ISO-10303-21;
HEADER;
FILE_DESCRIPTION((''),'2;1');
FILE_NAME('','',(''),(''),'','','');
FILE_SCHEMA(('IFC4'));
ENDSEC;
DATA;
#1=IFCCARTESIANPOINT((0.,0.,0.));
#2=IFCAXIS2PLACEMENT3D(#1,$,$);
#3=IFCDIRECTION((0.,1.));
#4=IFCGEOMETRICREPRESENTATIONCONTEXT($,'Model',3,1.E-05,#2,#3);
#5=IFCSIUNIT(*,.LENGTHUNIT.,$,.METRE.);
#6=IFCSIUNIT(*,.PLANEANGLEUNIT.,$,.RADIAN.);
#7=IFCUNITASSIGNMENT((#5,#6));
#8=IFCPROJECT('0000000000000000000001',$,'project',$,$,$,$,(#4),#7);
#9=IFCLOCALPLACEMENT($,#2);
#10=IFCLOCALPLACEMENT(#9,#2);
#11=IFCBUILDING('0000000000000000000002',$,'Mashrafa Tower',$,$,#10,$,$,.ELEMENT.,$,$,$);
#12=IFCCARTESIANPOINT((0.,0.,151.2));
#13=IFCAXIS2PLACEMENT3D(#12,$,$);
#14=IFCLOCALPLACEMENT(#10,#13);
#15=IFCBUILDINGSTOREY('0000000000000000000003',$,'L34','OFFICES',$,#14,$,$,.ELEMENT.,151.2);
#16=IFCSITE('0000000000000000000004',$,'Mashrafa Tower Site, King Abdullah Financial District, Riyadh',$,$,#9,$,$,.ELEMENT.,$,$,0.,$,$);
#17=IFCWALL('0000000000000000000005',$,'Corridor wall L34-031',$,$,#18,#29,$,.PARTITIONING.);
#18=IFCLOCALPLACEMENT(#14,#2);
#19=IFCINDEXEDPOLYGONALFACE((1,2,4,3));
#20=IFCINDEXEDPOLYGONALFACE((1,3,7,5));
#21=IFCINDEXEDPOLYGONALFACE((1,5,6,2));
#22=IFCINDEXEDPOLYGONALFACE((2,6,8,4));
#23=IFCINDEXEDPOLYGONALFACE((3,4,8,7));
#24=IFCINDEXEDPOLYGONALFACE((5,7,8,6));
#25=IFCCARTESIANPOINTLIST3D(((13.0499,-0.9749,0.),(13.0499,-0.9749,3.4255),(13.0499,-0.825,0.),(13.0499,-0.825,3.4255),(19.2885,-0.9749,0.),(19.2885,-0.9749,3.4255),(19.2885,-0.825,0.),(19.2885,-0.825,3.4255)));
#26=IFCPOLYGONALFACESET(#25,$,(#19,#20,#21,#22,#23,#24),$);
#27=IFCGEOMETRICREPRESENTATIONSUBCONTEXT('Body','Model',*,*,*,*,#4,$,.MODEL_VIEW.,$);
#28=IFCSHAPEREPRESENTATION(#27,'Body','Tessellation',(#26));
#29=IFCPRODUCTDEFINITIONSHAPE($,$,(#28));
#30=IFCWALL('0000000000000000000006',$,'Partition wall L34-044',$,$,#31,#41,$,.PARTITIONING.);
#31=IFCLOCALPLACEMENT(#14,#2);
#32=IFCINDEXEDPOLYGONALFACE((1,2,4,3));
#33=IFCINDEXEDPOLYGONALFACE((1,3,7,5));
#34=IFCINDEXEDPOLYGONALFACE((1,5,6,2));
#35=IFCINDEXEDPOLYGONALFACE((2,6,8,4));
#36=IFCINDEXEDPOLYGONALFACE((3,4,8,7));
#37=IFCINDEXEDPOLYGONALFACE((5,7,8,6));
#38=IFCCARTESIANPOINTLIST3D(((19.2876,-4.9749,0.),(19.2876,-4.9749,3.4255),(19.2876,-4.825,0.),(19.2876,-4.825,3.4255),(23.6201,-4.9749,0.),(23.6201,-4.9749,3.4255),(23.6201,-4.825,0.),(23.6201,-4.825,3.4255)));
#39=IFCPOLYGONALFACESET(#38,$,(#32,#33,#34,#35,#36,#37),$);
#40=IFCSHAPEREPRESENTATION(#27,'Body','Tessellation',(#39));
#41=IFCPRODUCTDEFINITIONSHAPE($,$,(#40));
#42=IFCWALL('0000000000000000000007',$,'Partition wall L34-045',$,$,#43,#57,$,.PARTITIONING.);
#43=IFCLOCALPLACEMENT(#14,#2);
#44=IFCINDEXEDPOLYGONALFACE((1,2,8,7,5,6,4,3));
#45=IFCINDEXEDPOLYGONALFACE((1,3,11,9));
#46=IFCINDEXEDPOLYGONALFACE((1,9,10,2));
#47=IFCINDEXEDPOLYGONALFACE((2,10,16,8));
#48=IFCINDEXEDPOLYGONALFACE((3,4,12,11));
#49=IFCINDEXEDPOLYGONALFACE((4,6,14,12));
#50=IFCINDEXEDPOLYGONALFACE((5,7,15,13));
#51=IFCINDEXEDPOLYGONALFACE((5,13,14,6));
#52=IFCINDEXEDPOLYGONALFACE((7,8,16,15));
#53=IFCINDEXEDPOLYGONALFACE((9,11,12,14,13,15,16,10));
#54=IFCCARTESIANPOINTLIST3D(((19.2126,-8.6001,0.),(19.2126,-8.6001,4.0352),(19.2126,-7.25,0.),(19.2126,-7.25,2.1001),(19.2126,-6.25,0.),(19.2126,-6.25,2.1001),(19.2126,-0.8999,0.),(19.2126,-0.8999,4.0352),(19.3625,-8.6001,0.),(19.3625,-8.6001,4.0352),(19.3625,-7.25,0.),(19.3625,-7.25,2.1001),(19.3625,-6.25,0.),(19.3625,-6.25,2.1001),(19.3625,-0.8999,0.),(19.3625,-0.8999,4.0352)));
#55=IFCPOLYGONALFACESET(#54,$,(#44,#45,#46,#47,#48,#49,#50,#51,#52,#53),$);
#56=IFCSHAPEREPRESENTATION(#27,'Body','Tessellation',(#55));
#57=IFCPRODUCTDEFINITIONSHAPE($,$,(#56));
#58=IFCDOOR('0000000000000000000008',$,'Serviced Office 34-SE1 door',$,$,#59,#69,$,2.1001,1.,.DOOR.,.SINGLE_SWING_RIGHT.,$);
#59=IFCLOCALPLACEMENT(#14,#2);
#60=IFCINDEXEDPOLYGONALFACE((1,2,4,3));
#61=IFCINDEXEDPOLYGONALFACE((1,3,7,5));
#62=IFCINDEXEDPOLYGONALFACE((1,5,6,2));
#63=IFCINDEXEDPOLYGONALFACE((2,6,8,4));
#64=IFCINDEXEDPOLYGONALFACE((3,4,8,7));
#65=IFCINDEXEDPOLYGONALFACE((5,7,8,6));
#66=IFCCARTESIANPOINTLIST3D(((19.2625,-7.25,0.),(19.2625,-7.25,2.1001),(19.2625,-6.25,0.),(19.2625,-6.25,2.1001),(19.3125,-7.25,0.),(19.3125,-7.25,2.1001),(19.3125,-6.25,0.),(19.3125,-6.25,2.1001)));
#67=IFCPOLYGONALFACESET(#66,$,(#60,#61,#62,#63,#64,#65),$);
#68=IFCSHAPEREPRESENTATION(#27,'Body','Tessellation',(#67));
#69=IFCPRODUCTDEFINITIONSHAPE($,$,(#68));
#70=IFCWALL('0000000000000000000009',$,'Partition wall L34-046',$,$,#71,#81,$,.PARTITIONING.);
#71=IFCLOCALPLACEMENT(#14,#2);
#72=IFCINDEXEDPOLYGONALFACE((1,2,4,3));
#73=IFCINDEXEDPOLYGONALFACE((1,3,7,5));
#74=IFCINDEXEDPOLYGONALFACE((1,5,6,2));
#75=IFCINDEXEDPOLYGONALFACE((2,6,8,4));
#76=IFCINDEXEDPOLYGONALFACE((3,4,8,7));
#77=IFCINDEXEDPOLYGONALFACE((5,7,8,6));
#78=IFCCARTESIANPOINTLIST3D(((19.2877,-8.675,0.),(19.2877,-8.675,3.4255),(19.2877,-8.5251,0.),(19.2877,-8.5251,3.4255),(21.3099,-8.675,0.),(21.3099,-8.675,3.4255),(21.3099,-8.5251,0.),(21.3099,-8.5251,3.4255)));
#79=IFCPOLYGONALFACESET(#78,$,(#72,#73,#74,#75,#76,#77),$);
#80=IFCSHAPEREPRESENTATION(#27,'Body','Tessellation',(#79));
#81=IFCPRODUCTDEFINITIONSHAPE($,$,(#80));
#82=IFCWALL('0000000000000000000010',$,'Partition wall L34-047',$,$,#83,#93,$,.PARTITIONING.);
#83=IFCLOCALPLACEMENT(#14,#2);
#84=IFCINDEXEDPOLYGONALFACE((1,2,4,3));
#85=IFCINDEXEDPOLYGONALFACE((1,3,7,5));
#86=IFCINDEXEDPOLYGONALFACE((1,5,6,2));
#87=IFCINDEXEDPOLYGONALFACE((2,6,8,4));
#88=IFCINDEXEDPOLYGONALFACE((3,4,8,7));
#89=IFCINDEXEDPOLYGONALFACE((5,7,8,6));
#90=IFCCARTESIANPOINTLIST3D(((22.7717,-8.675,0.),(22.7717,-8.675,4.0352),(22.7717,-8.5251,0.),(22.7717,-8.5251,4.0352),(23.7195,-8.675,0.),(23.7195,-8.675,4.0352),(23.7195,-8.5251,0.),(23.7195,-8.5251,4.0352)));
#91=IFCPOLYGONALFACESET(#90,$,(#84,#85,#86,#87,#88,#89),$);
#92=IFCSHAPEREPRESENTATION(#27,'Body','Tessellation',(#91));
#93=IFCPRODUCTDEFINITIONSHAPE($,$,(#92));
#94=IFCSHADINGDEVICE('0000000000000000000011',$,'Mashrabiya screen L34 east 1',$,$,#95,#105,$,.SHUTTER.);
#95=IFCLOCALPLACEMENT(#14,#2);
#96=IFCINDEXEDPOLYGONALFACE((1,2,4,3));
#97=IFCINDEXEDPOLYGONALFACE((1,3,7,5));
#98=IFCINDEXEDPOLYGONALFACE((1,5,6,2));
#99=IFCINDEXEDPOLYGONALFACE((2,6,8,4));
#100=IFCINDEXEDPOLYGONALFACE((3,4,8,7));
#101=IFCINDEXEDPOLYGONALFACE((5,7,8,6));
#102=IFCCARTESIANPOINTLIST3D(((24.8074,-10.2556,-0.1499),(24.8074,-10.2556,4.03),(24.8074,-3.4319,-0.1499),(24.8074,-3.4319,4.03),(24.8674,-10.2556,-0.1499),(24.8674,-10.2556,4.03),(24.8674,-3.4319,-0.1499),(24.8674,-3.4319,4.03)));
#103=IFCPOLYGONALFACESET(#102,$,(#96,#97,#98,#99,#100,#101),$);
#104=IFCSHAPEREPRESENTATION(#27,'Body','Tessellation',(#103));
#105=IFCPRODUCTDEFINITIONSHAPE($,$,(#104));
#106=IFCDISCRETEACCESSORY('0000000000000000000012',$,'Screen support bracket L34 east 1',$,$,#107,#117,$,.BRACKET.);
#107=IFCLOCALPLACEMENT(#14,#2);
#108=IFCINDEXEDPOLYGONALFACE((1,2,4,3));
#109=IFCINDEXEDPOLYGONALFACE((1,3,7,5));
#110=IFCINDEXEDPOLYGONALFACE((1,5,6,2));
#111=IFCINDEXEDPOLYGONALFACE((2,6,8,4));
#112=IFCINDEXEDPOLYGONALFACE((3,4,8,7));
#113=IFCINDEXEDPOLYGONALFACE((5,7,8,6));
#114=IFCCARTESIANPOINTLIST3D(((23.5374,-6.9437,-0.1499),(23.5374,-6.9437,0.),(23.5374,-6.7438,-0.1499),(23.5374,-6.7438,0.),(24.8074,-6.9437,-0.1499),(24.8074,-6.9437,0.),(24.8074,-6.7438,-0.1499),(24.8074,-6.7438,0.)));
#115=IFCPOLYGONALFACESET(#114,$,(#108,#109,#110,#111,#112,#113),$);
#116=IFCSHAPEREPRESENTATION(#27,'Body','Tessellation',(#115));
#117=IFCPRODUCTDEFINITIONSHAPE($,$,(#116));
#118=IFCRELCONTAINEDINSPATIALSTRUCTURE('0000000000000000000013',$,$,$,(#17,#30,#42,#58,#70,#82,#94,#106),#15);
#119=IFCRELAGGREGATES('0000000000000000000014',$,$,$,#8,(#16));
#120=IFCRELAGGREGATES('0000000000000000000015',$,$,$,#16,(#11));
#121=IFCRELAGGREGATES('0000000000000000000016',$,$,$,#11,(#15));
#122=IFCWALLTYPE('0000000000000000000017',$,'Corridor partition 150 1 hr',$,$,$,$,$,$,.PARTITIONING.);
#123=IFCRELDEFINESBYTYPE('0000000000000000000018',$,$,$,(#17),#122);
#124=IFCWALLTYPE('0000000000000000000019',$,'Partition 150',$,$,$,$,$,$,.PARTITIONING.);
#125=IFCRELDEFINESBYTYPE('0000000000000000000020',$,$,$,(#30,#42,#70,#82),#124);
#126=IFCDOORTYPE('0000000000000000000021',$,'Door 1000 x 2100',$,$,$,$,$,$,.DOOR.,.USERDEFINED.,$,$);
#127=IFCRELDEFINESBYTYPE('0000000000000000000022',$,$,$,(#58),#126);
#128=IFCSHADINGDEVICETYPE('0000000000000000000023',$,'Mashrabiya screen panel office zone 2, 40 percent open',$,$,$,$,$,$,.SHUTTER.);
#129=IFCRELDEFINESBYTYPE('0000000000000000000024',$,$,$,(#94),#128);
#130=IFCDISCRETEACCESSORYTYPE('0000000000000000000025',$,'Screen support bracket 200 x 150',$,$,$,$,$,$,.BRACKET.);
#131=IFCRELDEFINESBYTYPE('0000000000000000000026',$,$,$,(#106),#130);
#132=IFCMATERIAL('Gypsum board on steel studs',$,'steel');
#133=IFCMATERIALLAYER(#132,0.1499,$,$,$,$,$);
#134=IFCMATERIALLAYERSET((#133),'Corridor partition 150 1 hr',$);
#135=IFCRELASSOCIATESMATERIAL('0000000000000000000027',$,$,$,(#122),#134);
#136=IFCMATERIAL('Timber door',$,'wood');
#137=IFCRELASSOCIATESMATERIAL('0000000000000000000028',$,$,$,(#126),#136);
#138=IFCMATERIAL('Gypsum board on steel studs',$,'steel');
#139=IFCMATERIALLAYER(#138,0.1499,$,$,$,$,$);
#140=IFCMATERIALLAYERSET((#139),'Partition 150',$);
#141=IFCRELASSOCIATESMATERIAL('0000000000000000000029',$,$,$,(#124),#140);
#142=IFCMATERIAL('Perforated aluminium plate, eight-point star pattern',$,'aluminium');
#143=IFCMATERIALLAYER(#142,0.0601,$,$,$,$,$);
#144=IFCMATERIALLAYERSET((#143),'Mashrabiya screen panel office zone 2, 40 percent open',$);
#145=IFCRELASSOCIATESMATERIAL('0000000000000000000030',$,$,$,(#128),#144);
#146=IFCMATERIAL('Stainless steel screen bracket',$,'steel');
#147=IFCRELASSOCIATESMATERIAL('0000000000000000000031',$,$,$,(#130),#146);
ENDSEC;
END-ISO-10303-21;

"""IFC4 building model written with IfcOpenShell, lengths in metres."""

from ifc_helpers import new_model, si_unit, direction, frame, frame_2d, origin, origin_2d, place, context, subcontext, project, spatial, rectangle, extrude, source, transform, mapped, material, layer, layer_set, type_object, type_shapes, element, fill, save


model = new_model("IFC4")

# Units and contexts
model_context = context("Model", 3, precision=1e-05, world=origin(), true_north=direction((0.0, 1.0)))
body_context = subcontext(model_context, "Body", "Model", "MODEL_VIEW")
ifc_project = project(units=[si_unit("LENGTHUNIT", "METRE"), si_unit("PLANEANGLEUNIT", "RADIAN")], contexts=[model_context])

# Site, building, storey
site_placement = place(None, origin())
site = spatial("IfcSite", under=ifc_project, at=site_placement, Name="Mashrafa Tower Site, King Abdullah Financial District, Riyadh", CompositionType="ELEMENT", RefElevation=0.0)
building_placement = place(site_placement, origin())
building = spatial("IfcBuilding", under=site, at=building_placement, Name="Mashrafa Tower", CompositionType="ELEMENT")
storey_placement = place(building_placement, frame((0.0, 0.0, 151.2)))
storey = spatial("IfcBuildingStorey", under=building, at=storey_placement, Name="L34", Description="OFFICES", CompositionType="ELEMENT", Elevation=151.2)

# Shared definitions
ifc_material_1 = material(Name="Gypsum board on steel studs", Category="steel")
ifc_layer_1 = layer(ifc_material_1, 0.1499)
ifc_layer_set_1 = layer_set([ifc_layer_1], Name="Corridor partition 150 1 hr")
wall_type_1 = type_object("IfcWallType", Name="Corridor partition 150 1 hr", PredefinedType="PARTITIONING", material=ifc_layer_set_1)
ifc_material_2 = material(Name="Timber door", Category="wood")
door_type_1 = type_object("IfcDoorType", Name="Door 1000 x 2100", OperationType="USERDEFINED", PredefinedType="DOOR", material=ifc_material_2)

# Walls
wall_1_placement = place(storey_placement, frame((13.05, -0.8999, 0.0), z_axis=(0.0, 0.0, 1.0), x_axis=(1.0, 0.0, 0.0)))
element("IfcWall", 1, at=wall_1_placement, inside=storey, type_object=wall_type_1, Name="Corridor wall L34-031", PredefinedType="PARTITIONING", context=body_context, shape_type="SweptSolid", body=[
    extrude(rectangle(XDim=6.2385, YDim=0.1499, at=frame_2d((3.1191, 0.0))), origin(), (0.0, 0.0, 1.0), 3.4255),
])
ifc_material_3 = material(Name="Gypsum board on steel studs", Category="steel")
ifc_layer_2 = layer(ifc_material_3, 0.1499)
ifc_layer_set_2 = layer_set([ifc_layer_2], Name="Partition 150")
wall_type_2 = type_object("IfcWallType", Name="Partition 150", PredefinedType="PARTITIONING", material=ifc_layer_set_2)
wall_2_placement = place(storey_placement, frame((23.6201, -4.8999, 0.0), z_axis=(0.0, 0.0, 1.0), x_axis=(-1.0, 0.0, 0.0)))
element("IfcWall", 2, at=wall_2_placement, inside=storey, type_object=wall_type_2, Name="Partition wall L34-044", PredefinedType="PARTITIONING", context=body_context, shape_type="SweptSolid", body=[
    extrude(rectangle(XDim=4.3325, YDim=0.1499, at=frame_2d((2.1663, 0.0))), origin(), (0.0, 0.0, 1.0), 3.4255),
])

# Wall, opening, door
wall_3_placement = place(storey_placement, frame((19.2876, -8.6001, 0.0), z_axis=(0.0, 0.0, 1.0), x_axis=(0.0, 1.0, 0.0)))
wall_3 = element("IfcWall", 3, at=wall_3_placement, inside=storey, type_object=wall_type_2, Name="Partition wall L34-045", PredefinedType="PARTITIONING", context=body_context, shape_type="SweptSolid", body=[
    extrude(rectangle(XDim=7.7002, YDim=0.1499, at=frame_2d((3.8501, 0.0))), origin(), (0.0, 0.0, 1.0), 4.0352),
])
opening_1_placement = place(wall_3_placement, frame((1.3501, 0.0, 0.0)))
opening_1 = element("IfcOpeningElement", 4, at=opening_1_placement, cuts=wall_3, PredefinedType="OPENING", context=body_context, shape_type="SweptSolid", body=[
    extrude(rectangle(XDim=1.0, YDim=2.1001, at=frame_2d((0.5, 1.05))), frame((0.0, 0.085, 0.0), z_axis=(0.0, -1.0, 0.0), x_axis=(1.0, 0.0, 0.0)), (0.0, 0.0, 1.0), 0.1699),
])
door_1_placement = place(opening_1_placement, frame((1.0, 0.0, 0.0), z_axis=(0.0, 0.0, 1.0), x_axis=(-1.0, 0.0, 0.0)))
door_1 = element("IfcDoor", 5, at=door_1_placement, inside=storey, type_object=door_type_1, Name="Serviced Office 34-SE1 door", OperationType="SINGLE_SWING_RIGHT", OverallHeight=2.1001, OverallWidth=1.0, PredefinedType="DOOR", context=body_context, shape_type="SweptSolid", body=[
    extrude(rectangle(XDim=1.0, YDim=2.1001, at=frame_2d((0.5, 1.05))), frame((0.0, 0.0249, 0.0), z_axis=(0.0, -1.0, 0.0), x_axis=(1.0, 0.0, 0.0)), (0.0, 0.0, 1.0), 0.05),
])
fill(opening_1, door_1)

# Walls
wall_4_placement = place(storey_placement, frame((19.2876, -8.6001, 0.0), z_axis=(0.0, 0.0, 1.0), x_axis=(1.0, 0.0, 0.0)))
element("IfcWall", 6, at=wall_4_placement, inside=storey, type_object=wall_type_2, Name="Partition wall L34-046", PredefinedType="PARTITIONING", context=body_context, shape_type="SweptSolid", body=[
    extrude(rectangle(XDim=2.0222, YDim=0.1499, at=frame_2d((1.0112, 0.0))), origin(), (0.0, 0.0, 1.0), 3.4255),
])
wall_5_placement = place(storey_placement, frame((22.7717, -8.6001, 0.0), z_axis=(0.0, 0.0, 1.0), x_axis=(1.0, 0.0, 0.0)))
element("IfcWall", 7, at=wall_5_placement, inside=storey, type_object=wall_type_2, Name="Partition wall L34-047", PredefinedType="PARTITIONING", context=body_context, shape_type="SweptSolid", body=[
    extrude(rectangle(XDim=0.9478, YDim=0.1499, at=frame_2d((0.4739, 0.0))), origin(), (0.0, 0.0, 1.0), 4.0352),
])

# Shading device
ifc_material_4 = material(Name="Perforated aluminium plate, eight-point star pattern", Category="aluminium")
ifc_layer_3 = layer(ifc_material_4, 0.0601)
ifc_layer_set_3 = layer_set([ifc_layer_3], Name="Mashrabiya screen panel office zone 2, 40 percent open")
shading_device_type = type_object("IfcShadingDeviceType", Name="Mashrabiya screen panel office zone 2, 40 percent open", PredefinedType="SHUTTER", material=ifc_layer_set_3)
shared_shape_1 = source(origin(), body_context, "Body", "SweptSolid", [
    extrude(rectangle(XDim=6.8237, YDim=0.0601, at=origin_2d()), origin(), (0.0, 0.0, 1.0), 4.1799),
])
type_shapes(shading_device_type, [shared_shape_1])
shading_device_placement = place(storey_placement, frame((24.8374, -6.8438, -0.1499), z_axis=(0.0, 0.0, 1.0), x_axis=(0.0, 1.0, 0.0)))
element("IfcShadingDevice", 8, at=shading_device_placement, inside=storey, type_object=shading_device_type, Name="Mashrabiya screen L34 east 1", PredefinedType="SHUTTER", context=body_context, shape_type="MappedRepresentation", body=[
    mapped(shared_shape_1, transform((0.0, 0.0, 0.0))),
])

# Discrete accessory
ifc_material_5 = material(Name="Stainless steel screen bracket", Category="steel")
discrete_accessory_type = type_object("IfcDiscreteAccessoryType", Name="Screen support bracket 200 x 150", PredefinedType="BRACKET", material=ifc_material_5)
shared_shape_2 = source(origin(), body_context, "Body", "SweptSolid", [
    extrude(rectangle(XDim=0.2, YDim=1.27, at=origin_2d()), origin(), (0.0, 0.0, 1.0), 0.1499),
])
type_shapes(discrete_accessory_type, [shared_shape_2])
discrete_accessory_placement = place(storey_placement, frame((24.1724, -6.8438, -0.1499), z_axis=(0.0, 0.0, 1.0), x_axis=(0.0, 1.0, 0.0)))
element("IfcDiscreteAccessory", 9, at=discrete_accessory_placement, inside=storey, type_object=discrete_accessory_type, Name="Screen support bracket L34 east 1", PredefinedType="BRACKET", context=body_context, shape_type="MappedRepresentation", body=[
    mapped(shared_shape_2, transform((0.0, 0.0, 0.0))),
])

save(model, "model.ifc")
